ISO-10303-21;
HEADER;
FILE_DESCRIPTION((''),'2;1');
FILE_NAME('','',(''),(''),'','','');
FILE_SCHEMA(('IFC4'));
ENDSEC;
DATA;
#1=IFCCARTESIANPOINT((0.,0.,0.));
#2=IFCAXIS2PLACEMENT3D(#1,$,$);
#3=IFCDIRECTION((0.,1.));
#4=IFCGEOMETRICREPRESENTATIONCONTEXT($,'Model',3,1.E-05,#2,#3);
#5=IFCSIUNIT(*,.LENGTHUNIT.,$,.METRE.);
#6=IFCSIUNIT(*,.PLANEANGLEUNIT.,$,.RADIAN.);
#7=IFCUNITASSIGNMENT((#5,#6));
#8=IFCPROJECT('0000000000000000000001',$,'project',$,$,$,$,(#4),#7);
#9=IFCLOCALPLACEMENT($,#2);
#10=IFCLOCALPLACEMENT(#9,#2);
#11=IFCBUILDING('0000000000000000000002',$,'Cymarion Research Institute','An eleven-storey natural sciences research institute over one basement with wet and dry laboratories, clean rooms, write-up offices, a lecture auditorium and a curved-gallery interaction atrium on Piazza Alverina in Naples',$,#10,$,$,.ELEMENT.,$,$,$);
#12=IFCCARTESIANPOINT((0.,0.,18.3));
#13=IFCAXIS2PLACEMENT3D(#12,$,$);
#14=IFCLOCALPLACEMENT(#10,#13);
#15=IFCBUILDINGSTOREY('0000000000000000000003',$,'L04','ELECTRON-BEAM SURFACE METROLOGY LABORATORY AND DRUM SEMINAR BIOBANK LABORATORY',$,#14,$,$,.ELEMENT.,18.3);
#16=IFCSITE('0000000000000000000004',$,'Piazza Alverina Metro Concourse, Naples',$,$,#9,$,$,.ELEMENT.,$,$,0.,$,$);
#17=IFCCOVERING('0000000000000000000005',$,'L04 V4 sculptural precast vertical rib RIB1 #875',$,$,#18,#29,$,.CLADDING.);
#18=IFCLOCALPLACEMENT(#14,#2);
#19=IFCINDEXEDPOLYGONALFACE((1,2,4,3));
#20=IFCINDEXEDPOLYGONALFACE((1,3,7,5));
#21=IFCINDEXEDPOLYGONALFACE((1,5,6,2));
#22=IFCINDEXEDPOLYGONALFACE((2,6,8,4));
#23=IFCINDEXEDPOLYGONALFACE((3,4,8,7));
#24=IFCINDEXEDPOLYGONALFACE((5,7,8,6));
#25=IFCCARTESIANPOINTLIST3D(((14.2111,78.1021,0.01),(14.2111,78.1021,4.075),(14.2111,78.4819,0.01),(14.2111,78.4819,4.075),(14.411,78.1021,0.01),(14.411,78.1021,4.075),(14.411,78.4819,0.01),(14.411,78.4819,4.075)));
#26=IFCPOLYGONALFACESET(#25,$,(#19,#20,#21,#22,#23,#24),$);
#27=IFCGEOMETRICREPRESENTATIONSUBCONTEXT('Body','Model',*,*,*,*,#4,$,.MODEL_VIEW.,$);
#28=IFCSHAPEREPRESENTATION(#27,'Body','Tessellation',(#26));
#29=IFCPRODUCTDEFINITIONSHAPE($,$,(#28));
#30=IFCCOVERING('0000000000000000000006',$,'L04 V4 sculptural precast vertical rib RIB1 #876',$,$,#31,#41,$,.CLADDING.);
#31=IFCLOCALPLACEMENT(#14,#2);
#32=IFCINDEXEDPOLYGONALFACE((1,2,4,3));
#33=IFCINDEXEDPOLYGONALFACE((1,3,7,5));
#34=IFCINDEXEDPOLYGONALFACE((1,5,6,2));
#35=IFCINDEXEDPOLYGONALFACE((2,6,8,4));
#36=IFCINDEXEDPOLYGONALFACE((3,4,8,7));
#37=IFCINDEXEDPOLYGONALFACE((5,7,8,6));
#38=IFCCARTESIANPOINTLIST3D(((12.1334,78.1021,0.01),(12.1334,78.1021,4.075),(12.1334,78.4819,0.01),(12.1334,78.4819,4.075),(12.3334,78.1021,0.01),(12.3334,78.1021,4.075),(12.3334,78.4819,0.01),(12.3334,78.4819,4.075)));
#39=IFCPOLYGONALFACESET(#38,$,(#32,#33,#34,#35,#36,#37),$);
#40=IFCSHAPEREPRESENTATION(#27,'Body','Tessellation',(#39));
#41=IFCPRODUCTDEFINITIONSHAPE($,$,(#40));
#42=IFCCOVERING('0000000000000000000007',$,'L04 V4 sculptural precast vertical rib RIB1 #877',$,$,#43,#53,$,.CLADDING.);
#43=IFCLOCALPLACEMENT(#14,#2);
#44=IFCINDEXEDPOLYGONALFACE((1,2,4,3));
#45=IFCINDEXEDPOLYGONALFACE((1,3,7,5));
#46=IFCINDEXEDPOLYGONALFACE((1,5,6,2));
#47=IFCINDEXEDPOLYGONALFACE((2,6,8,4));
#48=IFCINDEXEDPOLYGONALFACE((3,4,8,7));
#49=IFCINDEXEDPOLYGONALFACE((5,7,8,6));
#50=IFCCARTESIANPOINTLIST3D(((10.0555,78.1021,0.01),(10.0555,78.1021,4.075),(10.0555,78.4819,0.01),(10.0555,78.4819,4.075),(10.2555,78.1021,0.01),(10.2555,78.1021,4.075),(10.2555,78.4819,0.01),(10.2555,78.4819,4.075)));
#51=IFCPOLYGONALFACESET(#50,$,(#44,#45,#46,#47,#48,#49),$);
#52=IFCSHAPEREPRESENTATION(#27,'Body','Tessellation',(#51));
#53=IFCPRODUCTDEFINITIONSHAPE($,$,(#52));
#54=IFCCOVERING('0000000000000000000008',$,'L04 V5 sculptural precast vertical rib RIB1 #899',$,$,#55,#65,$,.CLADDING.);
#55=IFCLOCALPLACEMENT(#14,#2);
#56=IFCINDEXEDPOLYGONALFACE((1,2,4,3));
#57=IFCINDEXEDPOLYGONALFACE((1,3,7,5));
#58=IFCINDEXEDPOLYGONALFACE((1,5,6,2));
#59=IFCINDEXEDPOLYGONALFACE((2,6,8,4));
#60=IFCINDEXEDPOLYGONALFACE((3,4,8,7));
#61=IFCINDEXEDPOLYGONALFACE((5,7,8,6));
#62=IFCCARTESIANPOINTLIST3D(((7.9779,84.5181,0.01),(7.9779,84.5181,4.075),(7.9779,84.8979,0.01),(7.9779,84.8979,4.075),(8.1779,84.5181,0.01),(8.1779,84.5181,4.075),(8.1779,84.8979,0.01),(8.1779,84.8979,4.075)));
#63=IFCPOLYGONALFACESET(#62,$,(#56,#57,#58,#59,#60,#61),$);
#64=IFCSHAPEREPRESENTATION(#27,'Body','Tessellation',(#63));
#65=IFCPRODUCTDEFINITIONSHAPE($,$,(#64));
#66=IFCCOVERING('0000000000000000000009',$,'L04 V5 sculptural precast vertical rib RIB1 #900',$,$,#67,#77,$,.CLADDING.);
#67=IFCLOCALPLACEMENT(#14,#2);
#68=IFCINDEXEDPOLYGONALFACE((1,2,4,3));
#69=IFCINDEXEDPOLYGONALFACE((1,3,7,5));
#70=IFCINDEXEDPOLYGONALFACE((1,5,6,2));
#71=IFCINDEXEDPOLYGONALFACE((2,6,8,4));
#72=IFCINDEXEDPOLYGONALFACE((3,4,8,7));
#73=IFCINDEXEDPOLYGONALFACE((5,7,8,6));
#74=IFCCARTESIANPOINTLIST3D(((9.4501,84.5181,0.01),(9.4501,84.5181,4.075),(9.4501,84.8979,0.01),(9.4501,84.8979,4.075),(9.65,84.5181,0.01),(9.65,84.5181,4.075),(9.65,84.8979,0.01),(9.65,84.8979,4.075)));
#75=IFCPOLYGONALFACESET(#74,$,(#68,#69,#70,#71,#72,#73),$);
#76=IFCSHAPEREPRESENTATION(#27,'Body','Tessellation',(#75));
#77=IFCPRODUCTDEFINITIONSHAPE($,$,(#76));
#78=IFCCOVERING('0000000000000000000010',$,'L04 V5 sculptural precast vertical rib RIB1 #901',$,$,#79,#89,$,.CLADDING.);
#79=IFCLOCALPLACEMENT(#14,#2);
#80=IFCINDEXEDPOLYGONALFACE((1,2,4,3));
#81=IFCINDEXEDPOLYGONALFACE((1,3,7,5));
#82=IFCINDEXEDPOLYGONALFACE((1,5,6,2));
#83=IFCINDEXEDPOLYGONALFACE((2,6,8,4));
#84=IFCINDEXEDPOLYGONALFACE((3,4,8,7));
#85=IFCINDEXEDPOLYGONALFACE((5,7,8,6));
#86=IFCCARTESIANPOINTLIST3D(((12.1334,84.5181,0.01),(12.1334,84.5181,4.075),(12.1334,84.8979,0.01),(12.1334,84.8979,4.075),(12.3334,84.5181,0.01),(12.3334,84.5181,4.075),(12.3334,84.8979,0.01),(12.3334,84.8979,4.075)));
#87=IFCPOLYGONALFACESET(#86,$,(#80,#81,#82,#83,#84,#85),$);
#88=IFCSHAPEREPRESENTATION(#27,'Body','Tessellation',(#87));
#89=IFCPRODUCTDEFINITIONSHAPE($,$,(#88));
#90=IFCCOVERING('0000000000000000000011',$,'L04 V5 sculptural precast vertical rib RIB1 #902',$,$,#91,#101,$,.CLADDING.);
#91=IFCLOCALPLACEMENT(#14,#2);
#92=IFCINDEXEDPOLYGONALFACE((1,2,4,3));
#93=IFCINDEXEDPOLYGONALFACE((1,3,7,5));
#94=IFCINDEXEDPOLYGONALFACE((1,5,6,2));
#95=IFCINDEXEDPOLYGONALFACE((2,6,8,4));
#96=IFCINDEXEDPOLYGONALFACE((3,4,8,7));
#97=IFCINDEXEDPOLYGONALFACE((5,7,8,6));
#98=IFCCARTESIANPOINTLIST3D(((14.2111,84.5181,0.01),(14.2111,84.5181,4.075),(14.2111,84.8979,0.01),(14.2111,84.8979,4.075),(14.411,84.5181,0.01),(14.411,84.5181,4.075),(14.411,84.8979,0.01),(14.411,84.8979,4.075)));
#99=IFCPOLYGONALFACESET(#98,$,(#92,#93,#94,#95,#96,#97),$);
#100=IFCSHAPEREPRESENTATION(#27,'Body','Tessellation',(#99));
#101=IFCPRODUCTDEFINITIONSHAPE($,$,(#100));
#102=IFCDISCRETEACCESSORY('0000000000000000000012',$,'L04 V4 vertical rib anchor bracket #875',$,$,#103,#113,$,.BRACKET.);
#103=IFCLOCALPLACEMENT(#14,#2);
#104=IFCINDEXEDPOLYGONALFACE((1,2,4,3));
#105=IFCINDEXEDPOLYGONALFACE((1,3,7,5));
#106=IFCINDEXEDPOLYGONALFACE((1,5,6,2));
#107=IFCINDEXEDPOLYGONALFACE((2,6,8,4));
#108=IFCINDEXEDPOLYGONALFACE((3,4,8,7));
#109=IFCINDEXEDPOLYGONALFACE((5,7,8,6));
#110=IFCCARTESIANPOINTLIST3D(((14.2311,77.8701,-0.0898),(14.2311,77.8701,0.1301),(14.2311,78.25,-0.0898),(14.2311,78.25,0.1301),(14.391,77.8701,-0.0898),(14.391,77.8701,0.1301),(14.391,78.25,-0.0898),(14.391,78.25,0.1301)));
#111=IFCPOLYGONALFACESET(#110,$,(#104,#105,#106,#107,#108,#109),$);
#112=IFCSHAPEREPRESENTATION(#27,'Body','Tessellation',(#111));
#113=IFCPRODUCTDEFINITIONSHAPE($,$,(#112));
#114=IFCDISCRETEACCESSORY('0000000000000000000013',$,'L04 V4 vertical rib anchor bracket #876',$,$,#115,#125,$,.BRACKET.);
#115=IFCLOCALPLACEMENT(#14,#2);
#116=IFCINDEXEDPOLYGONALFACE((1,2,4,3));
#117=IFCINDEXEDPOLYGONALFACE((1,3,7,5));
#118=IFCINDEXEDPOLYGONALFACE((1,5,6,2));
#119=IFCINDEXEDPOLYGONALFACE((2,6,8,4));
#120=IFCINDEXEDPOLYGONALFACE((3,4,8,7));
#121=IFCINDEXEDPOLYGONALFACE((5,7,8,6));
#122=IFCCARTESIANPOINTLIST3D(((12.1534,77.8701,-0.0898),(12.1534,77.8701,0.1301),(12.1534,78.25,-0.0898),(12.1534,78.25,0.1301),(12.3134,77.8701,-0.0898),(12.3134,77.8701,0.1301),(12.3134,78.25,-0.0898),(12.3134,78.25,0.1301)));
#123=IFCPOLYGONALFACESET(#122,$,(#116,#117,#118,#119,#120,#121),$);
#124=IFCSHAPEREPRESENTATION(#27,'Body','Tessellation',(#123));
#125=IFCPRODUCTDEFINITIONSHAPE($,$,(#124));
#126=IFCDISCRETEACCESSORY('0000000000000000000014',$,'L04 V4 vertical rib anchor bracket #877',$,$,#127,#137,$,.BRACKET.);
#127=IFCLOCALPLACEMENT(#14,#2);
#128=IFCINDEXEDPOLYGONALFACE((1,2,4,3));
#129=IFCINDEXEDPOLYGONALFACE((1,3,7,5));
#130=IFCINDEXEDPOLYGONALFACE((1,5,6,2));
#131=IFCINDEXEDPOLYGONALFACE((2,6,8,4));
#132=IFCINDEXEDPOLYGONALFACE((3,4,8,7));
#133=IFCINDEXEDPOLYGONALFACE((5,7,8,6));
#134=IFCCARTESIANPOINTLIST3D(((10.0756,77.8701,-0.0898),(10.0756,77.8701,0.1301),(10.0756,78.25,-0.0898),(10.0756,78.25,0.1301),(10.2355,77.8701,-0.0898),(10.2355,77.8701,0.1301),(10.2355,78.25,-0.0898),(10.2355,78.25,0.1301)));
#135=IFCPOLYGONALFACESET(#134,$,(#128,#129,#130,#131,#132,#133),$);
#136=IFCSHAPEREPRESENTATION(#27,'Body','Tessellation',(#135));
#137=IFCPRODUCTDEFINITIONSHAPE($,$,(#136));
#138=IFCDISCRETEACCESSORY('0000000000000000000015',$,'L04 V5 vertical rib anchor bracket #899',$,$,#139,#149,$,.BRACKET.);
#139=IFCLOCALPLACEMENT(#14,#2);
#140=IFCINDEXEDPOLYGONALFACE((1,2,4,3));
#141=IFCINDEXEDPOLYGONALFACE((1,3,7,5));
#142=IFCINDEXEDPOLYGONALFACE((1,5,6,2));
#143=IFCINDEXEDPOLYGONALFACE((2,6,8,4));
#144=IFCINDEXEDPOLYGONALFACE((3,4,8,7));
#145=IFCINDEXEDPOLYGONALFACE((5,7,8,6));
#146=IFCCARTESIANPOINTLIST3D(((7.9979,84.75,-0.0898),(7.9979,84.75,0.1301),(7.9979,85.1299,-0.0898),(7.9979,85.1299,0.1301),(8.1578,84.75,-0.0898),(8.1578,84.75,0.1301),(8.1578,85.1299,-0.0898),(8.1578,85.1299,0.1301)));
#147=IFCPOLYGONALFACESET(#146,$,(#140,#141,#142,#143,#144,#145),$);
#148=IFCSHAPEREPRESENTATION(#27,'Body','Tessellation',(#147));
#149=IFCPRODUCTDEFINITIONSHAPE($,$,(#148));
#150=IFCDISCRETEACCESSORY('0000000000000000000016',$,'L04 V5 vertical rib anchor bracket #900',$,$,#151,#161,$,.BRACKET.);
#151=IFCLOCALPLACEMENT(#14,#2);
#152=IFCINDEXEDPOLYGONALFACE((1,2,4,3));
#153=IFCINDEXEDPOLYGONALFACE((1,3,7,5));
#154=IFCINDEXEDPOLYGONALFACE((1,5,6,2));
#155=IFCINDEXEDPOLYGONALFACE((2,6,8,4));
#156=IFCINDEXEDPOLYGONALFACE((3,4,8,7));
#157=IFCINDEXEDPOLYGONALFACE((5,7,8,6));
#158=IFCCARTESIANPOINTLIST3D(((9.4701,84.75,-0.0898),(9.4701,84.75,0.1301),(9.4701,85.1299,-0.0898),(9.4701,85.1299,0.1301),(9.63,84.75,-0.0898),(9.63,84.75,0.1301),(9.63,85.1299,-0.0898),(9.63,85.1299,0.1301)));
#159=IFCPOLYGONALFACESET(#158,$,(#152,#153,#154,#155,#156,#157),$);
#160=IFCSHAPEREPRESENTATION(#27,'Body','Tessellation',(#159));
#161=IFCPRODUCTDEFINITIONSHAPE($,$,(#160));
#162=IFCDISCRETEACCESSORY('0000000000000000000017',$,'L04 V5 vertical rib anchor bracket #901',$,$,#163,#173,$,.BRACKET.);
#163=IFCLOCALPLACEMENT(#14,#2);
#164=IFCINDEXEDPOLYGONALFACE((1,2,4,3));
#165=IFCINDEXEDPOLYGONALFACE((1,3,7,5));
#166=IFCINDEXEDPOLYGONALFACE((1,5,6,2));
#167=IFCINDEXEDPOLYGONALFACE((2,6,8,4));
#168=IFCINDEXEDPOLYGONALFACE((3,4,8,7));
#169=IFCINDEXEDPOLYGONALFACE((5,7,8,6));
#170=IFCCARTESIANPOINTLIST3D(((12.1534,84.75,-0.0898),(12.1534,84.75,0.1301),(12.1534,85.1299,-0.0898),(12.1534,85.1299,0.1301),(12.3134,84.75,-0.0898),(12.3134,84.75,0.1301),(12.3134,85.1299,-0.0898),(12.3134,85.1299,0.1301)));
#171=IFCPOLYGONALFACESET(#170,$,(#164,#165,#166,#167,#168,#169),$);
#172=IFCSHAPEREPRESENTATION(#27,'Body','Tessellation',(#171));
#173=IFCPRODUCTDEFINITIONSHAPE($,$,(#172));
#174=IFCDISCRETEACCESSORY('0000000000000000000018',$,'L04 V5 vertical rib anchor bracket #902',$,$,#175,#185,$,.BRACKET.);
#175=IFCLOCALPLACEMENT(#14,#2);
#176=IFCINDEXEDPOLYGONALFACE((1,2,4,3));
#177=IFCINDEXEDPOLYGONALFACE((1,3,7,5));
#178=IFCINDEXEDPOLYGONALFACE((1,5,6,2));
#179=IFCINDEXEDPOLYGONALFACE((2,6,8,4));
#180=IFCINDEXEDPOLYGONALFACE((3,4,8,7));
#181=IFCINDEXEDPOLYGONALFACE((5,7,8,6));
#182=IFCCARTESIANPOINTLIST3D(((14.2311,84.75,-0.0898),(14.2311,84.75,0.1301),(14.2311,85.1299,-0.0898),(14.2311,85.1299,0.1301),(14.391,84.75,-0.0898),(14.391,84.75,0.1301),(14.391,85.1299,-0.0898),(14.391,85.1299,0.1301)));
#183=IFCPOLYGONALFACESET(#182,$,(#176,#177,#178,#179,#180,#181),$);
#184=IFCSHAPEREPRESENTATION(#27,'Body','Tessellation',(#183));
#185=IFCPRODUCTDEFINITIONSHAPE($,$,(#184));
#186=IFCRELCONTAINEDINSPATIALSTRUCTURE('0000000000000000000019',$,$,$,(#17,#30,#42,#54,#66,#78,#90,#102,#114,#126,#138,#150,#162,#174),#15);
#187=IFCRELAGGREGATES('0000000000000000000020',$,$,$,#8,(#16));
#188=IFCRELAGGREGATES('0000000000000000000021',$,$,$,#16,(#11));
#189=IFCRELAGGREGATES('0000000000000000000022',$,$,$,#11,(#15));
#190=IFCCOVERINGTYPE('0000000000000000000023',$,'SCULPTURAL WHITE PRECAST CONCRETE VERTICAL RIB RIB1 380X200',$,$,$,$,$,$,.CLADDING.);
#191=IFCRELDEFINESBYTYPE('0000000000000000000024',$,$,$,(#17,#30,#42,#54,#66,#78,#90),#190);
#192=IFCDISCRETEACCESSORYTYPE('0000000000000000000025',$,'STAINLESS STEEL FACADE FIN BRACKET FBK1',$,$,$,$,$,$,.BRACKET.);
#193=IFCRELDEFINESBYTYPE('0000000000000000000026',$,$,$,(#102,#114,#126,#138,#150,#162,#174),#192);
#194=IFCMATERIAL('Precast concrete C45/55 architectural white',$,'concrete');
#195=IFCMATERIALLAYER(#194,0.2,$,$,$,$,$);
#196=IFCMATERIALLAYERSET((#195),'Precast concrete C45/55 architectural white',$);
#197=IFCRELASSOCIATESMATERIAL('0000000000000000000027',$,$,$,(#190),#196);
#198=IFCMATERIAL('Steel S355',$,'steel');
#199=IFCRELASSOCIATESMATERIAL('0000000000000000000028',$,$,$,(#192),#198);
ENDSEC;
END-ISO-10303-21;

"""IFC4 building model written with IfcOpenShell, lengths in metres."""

from ifc_helpers import new_model, si_unit, direction, frame, origin, origin_2d, place, context, subcontext, project, spatial, rectangle, extrude, material, layer, layer_set, type_object, element, save


model = new_model("IFC4")

# Units and contexts
model_context = context("Model", 3, precision=1e-05, world=origin(), true_north=direction((0.0, 1.0)))
body_context = subcontext(model_context, "Body", "Model", "MODEL_VIEW")
ifc_project = project(units=[si_unit("LENGTHUNIT", "METRE"), si_unit("PLANEANGLEUNIT", "RADIAN")], contexts=[model_context])

# Site, building, storey
site_placement = place(None, origin())
site = spatial("IfcSite", under=ifc_project, at=site_placement, Name="Piazza Alverina Metro Concourse, Naples", CompositionType="ELEMENT", RefElevation=0.0)
building_placement = place(site_placement, origin())
building = spatial("IfcBuilding", under=site, at=building_placement, Name="Cymarion Research Institute", Description="An eleven-storey natural sciences research institute over one basement with wet and dry laboratories, clean rooms, write-up offices, a lecture auditorium and a curved-gallery interaction atrium on Piazza Alverina in Naples", CompositionType="ELEMENT")
storey_placement = place(building_placement, frame((0.0, 0.0, 18.3)))
storey = spatial("IfcBuildingStorey", under=building, at=storey_placement, Name="L04", Description="ELECTRON-BEAM SURFACE METROLOGY LABORATORY AND DRUM SEMINAR BIOBANK LABORATORY", CompositionType="ELEMENT", Elevation=18.3)

# Shared definitions
ifc_material_1 = material(Name="Steel S355", Category="steel")

# Coverings
ifc_material_2 = material(Name="Precast concrete C45/55 architectural white", Category="concrete")
ifc_layer = layer(ifc_material_2, 0.2)
ifc_layer_set = layer_set([ifc_layer], Name="Precast concrete C45/55 architectural white")
covering_type = type_object("IfcCoveringType", Name="SCULPTURAL WHITE PRECAST CONCRETE VERTICAL RIB RIB1 380X200", PredefinedType="CLADDING", material=ifc_layer_set)
for number, where, z_axis, x_axis, name in (
    (1, (14.311, 78.292, 0.01), (0.0, 0.0, 1.0), (0.0, 1.0, 0.0), "L04 V4 sculptural precast vertical rib RIB1 #875"),
    (2, (12.2334, 78.292, 0.01), (0.0, 0.0, 1.0), (0.0, 1.0, 0.0), "L04 V4 sculptural precast vertical rib RIB1 #876"),
    (3, (10.1555, 78.292, 0.01), (0.0, 0.0, 1.0), (0.0, 1.0, 0.0), "L04 V4 sculptural precast vertical rib RIB1 #877"),
    (4, (8.0779, 84.708, 0.01), (0.0, 0.0, 1.0), (0.0, -1.0, 0.0), "L04 V5 sculptural precast vertical rib RIB1 #899"),
    (5, (9.55, 84.708, 0.01), (0.0, 0.0, 1.0), (0.0, -1.0, 0.0), "L04 V5 sculptural precast vertical rib RIB1 #900"),
    (6, (12.2334, 84.708, 0.01), (0.0, 0.0, 1.0), (0.0, -1.0, 0.0), "L04 V5 sculptural precast vertical rib RIB1 #901"),
    (7, (14.311, 84.708, 0.01), (0.0, 0.0, 1.0), (0.0, -1.0, 0.0), "L04 V5 sculptural precast vertical rib RIB1 #902"),
):
    element("IfcCovering", number, at=place(storey_placement, frame(where, z_axis=z_axis, x_axis=x_axis)), inside=storey, type_object=covering_type, Name=name, PredefinedType="CLADDING", context=body_context, shape_type="SweptSolid", body=[
        extrude(rectangle(XDim=0.3799, YDim=0.2, at=origin_2d()), origin(), (0.0, 0.0, 1.0), 4.0649),
    ])

# Discrete accessories
discrete_accessory_type = type_object("IfcDiscreteAccessoryType", Name="STAINLESS STEEL FACADE FIN BRACKET FBK1", PredefinedType="BRACKET", material=ifc_material_1)
for number, where, z_axis, x_axis, name in (
    (8, (14.311, 78.0601, -0.0898), (0.0, 0.0, 1.0), (0.0, 1.0, 0.0), "L04 V4 vertical rib anchor bracket #875"),
    (9, (12.2334, 78.0601, -0.0898), (0.0, 0.0, 1.0), (0.0, 1.0, 0.0), "L04 V4 vertical rib anchor bracket #876"),
    (10, (10.1555, 78.0601, -0.0898), (0.0, 0.0, 1.0), (0.0, 1.0, 0.0), "L04 V4 vertical rib anchor bracket #877"),
    (11, (8.0779, 84.9399, -0.0898), (0.0, 0.0, 1.0), (0.0, -1.0, 0.0), "L04 V5 vertical rib anchor bracket #899"),
    (12, (9.55, 84.9399, -0.0898), (0.0, 0.0, 1.0), (0.0, -1.0, 0.0), "L04 V5 vertical rib anchor bracket #900"),
    (13, (12.2334, 84.9399, -0.0898), (0.0, 0.0, 1.0), (0.0, -1.0, 0.0), "L04 V5 vertical rib anchor bracket #901"),
    (14, (14.311, 84.9399, -0.0898), (0.0, 0.0, 1.0), (0.0, -1.0, 0.0), "L04 V5 vertical rib anchor bracket #902"),
):
    element("IfcDiscreteAccessory", number, at=place(storey_placement, frame(where, z_axis=z_axis, x_axis=x_axis)), inside=storey, type_object=discrete_accessory_type, Name=name, PredefinedType="BRACKET", context=body_context, shape_type="SweptSolid", body=[
        extrude(rectangle(XDim=0.3799, YDim=0.1599, at=origin_2d()), origin(), (0.0, 0.0, 1.0), 0.22),
    ])

save(model, "model.ifc")
